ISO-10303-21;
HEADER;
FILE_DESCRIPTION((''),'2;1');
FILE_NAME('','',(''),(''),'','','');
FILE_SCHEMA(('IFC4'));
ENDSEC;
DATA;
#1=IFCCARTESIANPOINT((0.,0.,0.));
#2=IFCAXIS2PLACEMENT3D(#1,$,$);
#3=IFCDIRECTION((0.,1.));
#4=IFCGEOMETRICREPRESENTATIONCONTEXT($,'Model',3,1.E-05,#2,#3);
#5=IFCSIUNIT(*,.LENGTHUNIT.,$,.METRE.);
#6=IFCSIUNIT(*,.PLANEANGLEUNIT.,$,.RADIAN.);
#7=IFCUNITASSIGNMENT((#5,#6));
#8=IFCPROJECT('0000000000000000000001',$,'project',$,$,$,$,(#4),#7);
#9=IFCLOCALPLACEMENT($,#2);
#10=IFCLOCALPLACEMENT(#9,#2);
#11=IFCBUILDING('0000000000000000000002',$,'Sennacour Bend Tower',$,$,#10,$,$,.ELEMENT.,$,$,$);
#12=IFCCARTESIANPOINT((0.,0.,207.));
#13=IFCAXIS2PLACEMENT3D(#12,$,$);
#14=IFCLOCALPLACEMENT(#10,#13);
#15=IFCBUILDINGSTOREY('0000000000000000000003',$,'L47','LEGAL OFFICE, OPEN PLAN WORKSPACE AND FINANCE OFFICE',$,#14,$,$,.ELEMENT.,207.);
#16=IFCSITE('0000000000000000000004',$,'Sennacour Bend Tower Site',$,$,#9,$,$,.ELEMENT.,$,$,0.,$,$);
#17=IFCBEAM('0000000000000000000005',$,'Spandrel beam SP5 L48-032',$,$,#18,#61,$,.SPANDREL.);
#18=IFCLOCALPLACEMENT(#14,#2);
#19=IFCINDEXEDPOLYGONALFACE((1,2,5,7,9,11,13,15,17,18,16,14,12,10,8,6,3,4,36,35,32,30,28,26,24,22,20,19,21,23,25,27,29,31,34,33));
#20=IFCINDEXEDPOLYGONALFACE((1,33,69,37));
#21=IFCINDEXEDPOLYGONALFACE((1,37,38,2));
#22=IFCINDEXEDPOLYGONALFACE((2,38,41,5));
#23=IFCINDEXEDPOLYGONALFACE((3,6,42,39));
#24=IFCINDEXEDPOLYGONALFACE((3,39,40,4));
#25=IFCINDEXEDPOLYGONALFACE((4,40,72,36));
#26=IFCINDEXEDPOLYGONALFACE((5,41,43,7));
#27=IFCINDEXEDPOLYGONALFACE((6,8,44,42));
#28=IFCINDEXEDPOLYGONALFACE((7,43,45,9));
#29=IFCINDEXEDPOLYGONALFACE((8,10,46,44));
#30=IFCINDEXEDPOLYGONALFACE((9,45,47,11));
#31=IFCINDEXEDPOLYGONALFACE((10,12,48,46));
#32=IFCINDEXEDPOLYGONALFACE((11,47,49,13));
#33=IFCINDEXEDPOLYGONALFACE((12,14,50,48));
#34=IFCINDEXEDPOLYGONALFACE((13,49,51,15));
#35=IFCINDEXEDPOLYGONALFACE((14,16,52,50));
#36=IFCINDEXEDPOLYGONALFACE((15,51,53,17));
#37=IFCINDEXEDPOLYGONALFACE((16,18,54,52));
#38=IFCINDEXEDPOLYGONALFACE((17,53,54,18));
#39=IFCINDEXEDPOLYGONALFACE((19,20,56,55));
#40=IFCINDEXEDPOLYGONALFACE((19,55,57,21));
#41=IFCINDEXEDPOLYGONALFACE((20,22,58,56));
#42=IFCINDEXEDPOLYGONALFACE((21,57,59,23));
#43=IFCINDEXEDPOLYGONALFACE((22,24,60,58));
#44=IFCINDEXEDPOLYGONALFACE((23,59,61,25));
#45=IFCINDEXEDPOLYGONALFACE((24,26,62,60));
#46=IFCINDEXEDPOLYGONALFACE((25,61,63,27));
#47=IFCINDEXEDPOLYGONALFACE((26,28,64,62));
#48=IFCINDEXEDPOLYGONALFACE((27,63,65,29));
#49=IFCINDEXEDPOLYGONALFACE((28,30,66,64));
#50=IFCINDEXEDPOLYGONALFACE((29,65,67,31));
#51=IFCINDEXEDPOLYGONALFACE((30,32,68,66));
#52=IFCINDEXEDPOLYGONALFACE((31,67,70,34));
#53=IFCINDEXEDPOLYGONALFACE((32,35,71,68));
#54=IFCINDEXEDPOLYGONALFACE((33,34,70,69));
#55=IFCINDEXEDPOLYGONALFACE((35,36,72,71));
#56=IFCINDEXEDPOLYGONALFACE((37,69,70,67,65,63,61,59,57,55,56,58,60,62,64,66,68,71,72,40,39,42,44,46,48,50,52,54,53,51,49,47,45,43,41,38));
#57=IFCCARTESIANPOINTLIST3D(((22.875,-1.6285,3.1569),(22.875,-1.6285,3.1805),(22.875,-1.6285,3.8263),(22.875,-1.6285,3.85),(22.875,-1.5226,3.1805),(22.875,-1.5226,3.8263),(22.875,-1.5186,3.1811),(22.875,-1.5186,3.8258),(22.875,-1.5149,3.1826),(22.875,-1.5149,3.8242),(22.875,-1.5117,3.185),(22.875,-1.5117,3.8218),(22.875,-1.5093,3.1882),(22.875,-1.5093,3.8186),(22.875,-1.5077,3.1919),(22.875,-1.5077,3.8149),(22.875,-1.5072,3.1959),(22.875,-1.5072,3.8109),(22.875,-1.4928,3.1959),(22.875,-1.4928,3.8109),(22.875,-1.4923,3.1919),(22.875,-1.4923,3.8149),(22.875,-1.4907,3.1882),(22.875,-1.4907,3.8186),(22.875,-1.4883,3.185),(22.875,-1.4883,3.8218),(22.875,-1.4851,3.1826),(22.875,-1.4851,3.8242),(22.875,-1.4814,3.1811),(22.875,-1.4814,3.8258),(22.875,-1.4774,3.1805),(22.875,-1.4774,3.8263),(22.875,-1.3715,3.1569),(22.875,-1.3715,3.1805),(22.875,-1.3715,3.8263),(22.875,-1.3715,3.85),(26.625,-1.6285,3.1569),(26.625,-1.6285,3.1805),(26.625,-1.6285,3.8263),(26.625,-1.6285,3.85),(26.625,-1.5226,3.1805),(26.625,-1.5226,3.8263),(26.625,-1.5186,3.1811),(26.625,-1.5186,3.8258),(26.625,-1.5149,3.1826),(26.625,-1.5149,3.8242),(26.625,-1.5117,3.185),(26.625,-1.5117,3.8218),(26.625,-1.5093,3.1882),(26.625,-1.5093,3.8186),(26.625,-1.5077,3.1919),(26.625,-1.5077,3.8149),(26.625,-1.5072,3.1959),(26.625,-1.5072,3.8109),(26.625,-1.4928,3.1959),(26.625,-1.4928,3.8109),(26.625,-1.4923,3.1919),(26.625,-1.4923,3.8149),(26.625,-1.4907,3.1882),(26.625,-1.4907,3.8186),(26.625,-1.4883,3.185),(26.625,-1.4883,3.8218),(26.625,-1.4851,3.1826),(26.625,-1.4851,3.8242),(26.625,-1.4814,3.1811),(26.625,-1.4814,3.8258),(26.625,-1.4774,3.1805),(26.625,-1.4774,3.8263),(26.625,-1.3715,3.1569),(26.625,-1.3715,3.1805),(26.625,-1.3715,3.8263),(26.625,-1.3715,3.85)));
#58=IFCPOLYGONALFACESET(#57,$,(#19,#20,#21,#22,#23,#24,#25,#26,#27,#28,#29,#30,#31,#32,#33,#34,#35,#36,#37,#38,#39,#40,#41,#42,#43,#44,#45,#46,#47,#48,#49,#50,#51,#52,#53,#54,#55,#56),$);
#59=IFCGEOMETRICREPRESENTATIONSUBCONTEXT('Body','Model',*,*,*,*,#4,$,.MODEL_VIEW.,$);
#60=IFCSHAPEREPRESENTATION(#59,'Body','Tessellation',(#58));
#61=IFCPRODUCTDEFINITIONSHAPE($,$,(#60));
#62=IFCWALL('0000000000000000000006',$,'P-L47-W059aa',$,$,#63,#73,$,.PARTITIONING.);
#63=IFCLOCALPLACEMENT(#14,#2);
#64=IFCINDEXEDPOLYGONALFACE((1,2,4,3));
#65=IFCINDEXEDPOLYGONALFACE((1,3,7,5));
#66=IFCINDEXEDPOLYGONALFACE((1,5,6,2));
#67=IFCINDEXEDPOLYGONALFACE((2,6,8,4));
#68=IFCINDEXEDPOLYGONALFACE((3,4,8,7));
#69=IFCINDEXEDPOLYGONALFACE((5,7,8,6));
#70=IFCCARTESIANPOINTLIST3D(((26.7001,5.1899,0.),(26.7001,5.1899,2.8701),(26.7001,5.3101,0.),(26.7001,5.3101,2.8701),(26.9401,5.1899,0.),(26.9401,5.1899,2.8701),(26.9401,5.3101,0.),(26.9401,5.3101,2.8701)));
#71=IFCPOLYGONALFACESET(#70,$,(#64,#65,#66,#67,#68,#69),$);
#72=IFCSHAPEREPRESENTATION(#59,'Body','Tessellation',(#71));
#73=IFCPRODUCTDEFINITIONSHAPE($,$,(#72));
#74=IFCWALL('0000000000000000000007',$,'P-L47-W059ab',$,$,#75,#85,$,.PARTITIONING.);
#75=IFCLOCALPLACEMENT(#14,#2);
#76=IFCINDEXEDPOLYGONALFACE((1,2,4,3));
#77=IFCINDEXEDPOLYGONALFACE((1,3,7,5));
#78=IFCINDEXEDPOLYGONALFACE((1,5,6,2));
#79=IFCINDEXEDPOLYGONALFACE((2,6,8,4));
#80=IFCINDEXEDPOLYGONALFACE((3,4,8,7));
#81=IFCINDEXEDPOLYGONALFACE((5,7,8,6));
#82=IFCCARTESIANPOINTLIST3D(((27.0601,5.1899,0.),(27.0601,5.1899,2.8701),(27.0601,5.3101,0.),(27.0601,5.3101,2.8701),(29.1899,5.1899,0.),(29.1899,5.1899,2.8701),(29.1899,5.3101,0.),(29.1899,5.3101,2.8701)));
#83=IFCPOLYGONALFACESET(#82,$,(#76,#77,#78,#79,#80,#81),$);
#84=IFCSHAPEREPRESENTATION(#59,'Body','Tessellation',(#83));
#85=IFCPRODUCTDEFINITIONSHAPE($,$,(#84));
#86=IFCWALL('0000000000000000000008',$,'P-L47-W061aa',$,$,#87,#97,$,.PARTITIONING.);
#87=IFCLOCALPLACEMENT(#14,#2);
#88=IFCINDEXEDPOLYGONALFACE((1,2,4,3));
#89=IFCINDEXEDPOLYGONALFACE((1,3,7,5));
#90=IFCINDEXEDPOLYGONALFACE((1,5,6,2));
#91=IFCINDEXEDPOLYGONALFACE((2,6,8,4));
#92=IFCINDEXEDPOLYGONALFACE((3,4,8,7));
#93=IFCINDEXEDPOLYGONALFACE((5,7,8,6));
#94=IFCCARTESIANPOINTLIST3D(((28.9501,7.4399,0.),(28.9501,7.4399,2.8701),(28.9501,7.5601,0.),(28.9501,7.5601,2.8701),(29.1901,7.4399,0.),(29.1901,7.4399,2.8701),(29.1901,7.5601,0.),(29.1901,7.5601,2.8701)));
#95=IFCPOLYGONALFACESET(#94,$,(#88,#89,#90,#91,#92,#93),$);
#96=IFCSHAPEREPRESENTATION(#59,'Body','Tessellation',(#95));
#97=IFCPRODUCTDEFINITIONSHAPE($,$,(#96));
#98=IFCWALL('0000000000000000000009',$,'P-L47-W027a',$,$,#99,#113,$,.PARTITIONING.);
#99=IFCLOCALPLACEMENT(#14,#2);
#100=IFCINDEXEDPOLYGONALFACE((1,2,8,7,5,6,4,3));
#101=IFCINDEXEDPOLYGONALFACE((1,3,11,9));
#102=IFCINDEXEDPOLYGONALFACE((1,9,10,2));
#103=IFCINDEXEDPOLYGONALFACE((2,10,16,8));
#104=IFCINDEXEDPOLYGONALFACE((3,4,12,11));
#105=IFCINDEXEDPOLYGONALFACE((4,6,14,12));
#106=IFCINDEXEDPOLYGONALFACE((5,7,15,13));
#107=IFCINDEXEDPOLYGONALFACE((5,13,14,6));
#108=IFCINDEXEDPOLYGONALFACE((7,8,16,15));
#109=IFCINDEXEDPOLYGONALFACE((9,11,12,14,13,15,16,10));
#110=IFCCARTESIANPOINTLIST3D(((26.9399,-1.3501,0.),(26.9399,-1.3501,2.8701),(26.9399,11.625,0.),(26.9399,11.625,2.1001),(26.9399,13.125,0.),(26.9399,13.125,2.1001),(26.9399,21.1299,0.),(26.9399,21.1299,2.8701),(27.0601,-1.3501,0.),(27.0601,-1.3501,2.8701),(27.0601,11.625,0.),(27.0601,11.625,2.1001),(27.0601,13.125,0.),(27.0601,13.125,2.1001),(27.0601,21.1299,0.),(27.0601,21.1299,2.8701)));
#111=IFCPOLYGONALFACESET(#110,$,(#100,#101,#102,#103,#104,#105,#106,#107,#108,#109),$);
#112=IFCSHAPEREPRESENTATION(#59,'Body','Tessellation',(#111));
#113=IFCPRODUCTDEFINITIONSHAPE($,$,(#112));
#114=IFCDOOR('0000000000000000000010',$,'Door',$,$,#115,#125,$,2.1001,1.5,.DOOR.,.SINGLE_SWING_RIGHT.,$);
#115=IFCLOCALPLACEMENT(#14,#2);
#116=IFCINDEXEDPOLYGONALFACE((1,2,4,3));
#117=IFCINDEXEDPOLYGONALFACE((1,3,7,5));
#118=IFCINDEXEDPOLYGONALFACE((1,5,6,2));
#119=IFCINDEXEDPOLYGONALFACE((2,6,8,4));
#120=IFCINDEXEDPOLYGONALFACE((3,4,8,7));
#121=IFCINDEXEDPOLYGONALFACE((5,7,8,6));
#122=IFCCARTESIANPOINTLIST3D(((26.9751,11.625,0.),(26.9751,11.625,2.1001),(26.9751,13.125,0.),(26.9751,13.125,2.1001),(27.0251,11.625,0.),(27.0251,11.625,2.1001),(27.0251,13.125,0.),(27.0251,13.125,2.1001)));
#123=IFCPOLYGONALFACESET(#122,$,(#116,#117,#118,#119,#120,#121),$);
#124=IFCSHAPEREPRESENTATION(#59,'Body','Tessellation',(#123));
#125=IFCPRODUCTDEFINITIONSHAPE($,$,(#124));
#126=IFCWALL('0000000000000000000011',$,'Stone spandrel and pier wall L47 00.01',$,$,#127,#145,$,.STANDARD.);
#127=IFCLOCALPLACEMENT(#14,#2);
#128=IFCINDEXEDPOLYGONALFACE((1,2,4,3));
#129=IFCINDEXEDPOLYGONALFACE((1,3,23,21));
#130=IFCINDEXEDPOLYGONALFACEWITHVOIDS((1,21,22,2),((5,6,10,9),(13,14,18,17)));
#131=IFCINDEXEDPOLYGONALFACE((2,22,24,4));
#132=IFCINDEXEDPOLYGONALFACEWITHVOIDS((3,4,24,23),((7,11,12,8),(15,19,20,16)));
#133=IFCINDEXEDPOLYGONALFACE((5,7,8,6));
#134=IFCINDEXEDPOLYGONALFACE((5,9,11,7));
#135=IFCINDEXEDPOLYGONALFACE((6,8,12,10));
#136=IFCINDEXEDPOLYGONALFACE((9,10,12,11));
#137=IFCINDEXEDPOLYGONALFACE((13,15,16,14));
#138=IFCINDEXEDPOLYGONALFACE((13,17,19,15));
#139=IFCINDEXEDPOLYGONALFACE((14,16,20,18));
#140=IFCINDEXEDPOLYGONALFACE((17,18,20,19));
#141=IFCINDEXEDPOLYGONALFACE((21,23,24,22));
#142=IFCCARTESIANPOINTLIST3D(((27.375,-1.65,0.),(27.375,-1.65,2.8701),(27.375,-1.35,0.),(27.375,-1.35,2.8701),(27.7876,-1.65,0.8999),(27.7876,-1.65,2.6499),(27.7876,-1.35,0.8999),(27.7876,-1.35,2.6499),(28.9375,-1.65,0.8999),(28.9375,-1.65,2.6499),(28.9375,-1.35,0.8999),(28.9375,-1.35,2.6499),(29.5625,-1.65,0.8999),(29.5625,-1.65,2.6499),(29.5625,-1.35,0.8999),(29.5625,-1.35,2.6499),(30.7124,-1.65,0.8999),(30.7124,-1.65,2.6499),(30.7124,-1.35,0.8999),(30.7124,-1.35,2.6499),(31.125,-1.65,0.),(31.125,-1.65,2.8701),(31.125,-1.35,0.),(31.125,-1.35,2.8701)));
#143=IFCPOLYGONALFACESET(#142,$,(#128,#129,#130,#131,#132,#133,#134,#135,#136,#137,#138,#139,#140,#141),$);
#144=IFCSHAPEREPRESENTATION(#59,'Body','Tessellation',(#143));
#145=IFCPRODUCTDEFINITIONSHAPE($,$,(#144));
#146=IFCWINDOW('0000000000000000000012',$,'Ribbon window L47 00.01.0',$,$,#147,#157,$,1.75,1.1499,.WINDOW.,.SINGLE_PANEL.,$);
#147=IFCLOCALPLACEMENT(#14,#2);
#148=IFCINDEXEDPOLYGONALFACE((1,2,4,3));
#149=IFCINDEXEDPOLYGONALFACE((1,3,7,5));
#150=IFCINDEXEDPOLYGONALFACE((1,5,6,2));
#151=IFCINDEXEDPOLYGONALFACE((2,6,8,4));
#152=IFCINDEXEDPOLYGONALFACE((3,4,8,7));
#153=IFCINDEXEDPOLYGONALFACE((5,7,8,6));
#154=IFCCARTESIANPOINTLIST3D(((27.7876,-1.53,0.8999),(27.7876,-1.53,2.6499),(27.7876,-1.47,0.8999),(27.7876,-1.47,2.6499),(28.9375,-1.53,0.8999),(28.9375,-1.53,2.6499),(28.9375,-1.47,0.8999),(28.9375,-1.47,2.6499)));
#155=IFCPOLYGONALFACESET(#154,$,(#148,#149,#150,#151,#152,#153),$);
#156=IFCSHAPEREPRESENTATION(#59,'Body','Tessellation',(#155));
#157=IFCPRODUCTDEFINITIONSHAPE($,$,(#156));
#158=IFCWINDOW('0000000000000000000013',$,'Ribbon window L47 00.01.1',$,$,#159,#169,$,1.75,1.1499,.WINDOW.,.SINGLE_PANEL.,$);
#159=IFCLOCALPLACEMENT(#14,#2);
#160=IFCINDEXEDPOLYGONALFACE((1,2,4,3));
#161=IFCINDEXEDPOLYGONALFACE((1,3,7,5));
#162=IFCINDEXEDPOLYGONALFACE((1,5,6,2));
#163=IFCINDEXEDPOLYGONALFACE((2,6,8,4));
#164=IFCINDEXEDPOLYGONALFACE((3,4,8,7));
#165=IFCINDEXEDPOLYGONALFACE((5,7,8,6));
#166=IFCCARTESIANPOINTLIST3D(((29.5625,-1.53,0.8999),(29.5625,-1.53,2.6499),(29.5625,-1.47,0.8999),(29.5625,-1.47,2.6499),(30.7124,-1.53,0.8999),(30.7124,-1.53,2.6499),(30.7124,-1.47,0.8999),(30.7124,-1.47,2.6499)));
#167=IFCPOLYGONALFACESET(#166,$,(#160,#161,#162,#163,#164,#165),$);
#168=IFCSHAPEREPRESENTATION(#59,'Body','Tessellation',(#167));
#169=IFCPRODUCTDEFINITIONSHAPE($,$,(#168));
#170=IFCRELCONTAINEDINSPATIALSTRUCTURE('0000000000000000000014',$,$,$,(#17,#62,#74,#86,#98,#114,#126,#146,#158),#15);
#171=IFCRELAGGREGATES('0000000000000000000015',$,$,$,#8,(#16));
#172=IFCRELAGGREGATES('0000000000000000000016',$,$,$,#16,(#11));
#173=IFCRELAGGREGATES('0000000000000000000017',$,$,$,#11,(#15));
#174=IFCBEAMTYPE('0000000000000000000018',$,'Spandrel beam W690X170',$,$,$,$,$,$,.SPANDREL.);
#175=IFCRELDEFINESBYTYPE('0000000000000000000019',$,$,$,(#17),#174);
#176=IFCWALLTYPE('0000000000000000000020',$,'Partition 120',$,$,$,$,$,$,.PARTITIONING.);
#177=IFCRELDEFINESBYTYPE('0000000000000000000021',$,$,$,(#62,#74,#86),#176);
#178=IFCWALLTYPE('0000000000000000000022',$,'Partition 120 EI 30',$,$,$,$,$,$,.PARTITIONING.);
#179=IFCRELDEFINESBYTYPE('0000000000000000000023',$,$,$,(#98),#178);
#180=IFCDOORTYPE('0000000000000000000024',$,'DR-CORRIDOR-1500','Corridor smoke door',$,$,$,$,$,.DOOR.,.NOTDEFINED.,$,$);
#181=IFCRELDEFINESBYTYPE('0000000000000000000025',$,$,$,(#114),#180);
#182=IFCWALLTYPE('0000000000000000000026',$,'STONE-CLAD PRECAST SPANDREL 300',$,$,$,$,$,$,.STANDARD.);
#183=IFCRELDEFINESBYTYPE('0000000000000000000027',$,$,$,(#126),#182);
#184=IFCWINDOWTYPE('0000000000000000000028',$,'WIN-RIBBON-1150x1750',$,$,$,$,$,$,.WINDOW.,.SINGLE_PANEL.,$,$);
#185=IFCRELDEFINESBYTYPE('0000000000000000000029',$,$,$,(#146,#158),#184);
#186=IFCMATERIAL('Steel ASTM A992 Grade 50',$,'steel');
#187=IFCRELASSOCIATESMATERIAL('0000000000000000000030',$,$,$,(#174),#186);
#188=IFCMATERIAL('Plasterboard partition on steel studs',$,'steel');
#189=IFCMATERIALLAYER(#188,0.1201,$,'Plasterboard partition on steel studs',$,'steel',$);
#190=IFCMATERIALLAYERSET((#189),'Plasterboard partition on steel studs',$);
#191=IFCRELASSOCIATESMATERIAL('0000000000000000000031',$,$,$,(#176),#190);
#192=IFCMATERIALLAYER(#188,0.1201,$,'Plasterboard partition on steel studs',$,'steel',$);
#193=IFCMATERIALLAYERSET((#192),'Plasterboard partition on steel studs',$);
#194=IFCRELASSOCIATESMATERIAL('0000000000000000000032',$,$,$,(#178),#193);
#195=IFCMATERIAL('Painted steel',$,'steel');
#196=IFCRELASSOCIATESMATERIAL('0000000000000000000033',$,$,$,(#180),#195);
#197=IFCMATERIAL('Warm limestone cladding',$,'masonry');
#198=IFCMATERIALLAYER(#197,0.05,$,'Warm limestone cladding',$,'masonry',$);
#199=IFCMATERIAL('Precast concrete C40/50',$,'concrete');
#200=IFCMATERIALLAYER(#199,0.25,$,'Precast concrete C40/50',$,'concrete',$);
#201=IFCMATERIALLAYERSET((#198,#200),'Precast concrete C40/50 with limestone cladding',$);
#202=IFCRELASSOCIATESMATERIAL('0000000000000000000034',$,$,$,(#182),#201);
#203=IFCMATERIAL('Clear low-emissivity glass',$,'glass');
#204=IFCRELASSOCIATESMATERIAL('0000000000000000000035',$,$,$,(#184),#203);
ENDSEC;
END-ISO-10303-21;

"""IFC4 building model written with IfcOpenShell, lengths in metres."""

from ifc_helpers import new_model, si_unit, direction, frame, frame_2d, origin, origin_2d, place, context, subcontext, project, spatial, rectangle, i_section, extrude, material, layer, layer_set, material_profile, profile_set, type_object, element, fill, save


model = new_model("IFC4")

# Units and contexts
model_context = context("Model", 3, precision=1e-05, world=origin(), true_north=direction((0.0, 1.0)))
body_context = subcontext(model_context, "Body", "Model", "MODEL_VIEW")
ifc_project = project(units=[si_unit("LENGTHUNIT", "METRE"), si_unit("PLANEANGLEUNIT", "RADIAN")], contexts=[model_context])

# Site, building, storey
site_placement = place(None, origin())
site = spatial("IfcSite", under=ifc_project, at=site_placement, Name="Sennacour Bend Tower Site", CompositionType="ELEMENT", RefElevation=0.0)
building_placement = place(site_placement, origin())
building = spatial("IfcBuilding", under=site, at=building_placement, Name="Sennacour Bend Tower", CompositionType="ELEMENT")
storey_placement = place(building_placement, frame((0.0, 0.0, 207.0)))
storey = spatial("IfcBuildingStorey", under=building, at=storey_placement, Name="L47", Description="LEGAL OFFICE, OPEN PLAN WORKSPACE AND FINANCE OFFICE", CompositionType="ELEMENT", Elevation=207.0)

# Beam
ifc_material_1 = material(Name="Steel ASTM A992 Grade 50", Category="steel")
ifc_material_profile_1 = material_profile(ifc_material_1, i_section(OverallWidth=0.2571, OverallDepth=0.6931, WebThickness=0.0144, FlangeThickness=0.0237, FilletRadius=0.0154, at=origin_2d()), Name="Steel ASTM A992 Grade 50", Category="steel")
ifc_profile_set_1 = profile_set([ifc_material_profile_1], Name="Steel ASTM A992 Grade 50")
beam_type_1 = type_object("IfcBeamType", Name="Spandrel beam W690X170", PredefinedType="SPANDREL", material=ifc_profile_set_1)
beam_1_placement = place(storey_placement, frame((26.625, -1.5, 3.5034), z_axis=(-1.0, 0.0, 0.0), x_axis=(0.0, -1.0, 0.0)))
element("IfcBeam", 1, at=beam_1_placement, inside=storey, type_object=beam_type_1, Name="Spandrel beam SP5 L48-032", PredefinedType="SPANDREL", context=body_context, shape_type="SweptSolid", body=[
    extrude(i_section(OverallWidth=0.2571, OverallDepth=0.6931, WebThickness=0.0144, FlangeThickness=0.0237, FilletRadius=0.0154, at=origin_2d()), origin(), (0.0, 0.0, 1.0), 3.75),
])

# Walls
ifc_material_2 = material(Name="Plasterboard partition on steel studs", Category="steel")
ifc_layer_1 = layer(ifc_material_2, 0.1201, Name="Plasterboard partition on steel studs", Category="steel")
ifc_layer_set_1 = layer_set([ifc_layer_1], Name="Plasterboard partition on steel studs")
wall_type_1 = type_object("IfcWallType", Name="Partition 120", PredefinedType="PARTITIONING", material=ifc_layer_set_1)
wall_1_placement = place(storey_placement, frame((26.7, 5.25, 0.0), z_axis=(0.0, 0.0, 1.0), x_axis=(1.0, 0.0, 0.0)))
element("IfcWall", 2, at=wall_1_placement, inside=storey, type_object=wall_type_1, Name="P-L47-W059aa", PredefinedType="PARTITIONING", context=body_context, shape_type="SweptSolid", body=[
    extrude(rectangle(XDim=0.24, YDim=0.1201, at=frame_2d((0.1201, 0.0))), origin(), (0.0, 0.0, 1.0), 2.8701),
])
wall_2_placement = place(storey_placement, frame((27.0601, 5.25, 0.0), z_axis=(0.0, 0.0, 1.0), x_axis=(1.0, 0.0, 0.0)))
element("IfcWall", 3, at=wall_2_placement, inside=storey, type_object=wall_type_1, Name="P-L47-W059ab", PredefinedType="PARTITIONING", context=body_context, shape_type="SweptSolid", body=[
    extrude(rectangle(XDim=2.1299, YDim=0.1201, at=frame_2d((1.0649, 0.0))), origin(), (0.0, 0.0, 1.0), 2.8701),
])
wall_3_placement = place(storey_placement, frame((28.95, 7.5, 0.0), z_axis=(0.0, 0.0, 1.0), x_axis=(1.0, 0.0, 0.0)))
element("IfcWall", 4, at=wall_3_placement, inside=storey, type_object=wall_type_1, Name="P-L47-W061aa", PredefinedType="PARTITIONING", context=body_context, shape_type="SweptSolid", body=[
    extrude(rectangle(XDim=0.24, YDim=0.1201, at=frame_2d((0.1201, 0.0))), origin(), (0.0, 0.0, 1.0), 2.8701),
])

# Wall, opening, door
ifc_layer_2 = layer(ifc_material_2, 0.1201, Name="Plasterboard partition on steel studs", Category="steel")
ifc_layer_set_2 = layer_set([ifc_layer_2], Name="Plasterboard partition on steel studs")
wall_type_2 = type_object("IfcWallType", Name="Partition 120 EI 30", PredefinedType="PARTITIONING", material=ifc_layer_set_2)
wall_4_placement = place(storey_placement, frame((27.0, -1.3501, 0.0), z_axis=(0.0, 0.0, 1.0), x_axis=(0.0, 1.0, 0.0)))
wall_4 = element("IfcWall", 5, at=wall_4_placement, inside=storey, type_object=wall_type_2, Name="P-L47-W027a", PredefinedType="PARTITIONING", context=body_context, shape_type="SweptSolid", body=[
    extrude(rectangle(XDim=22.48, YDim=0.1201, at=frame_2d((11.24, 0.0))), origin(), (0.0, 0.0, 1.0), 2.8701),
])
opening_1_placement = place(wall_4_placement, frame((12.9751, 0.0, 0.0)))
opening_1 = element("IfcOpeningElement", 6, at=opening_1_placement, cuts=wall_4, PredefinedType="OPENING", context=body_context, shape_type="SweptSolid", body=[
    extrude(rectangle(XDim=1.5, YDim=2.1001, at=frame_2d((0.75, 1.05))), frame((0.0, 0.0701, 0.0), z_axis=(0.0, -1.0, 0.0), x_axis=(1.0, 0.0, 0.0)), (0.0, 0.0, 1.0), 0.1401),
])
ifc_material_3 = material(Name="Painted steel", Category="steel")
door_type = type_object("IfcDoorType", Name="DR-CORRIDOR-1500", Description="Corridor smoke door", OperationType="NOTDEFINED", PredefinedType="DOOR", material=ifc_material_3)
door_placement = place(opening_1_placement, origin())
door = element("IfcDoor", 7, at=door_placement, inside=storey, type_object=door_type, Name="Door", OperationType="SINGLE_SWING_RIGHT", OverallHeight=2.1001, OverallWidth=1.5, PredefinedType="DOOR", context=body_context, shape_type="SweptSolid", body=[
    extrude(rectangle(XDim=1.5, YDim=2.1001, at=frame_2d((0.75, 1.05))), frame((0.0, 0.0249, 0.0), z_axis=(0.0, -1.0, 0.0), x_axis=(1.0, 0.0, 0.0)), (0.0, 0.0, 1.0), 0.05),
])
fill(opening_1, door)

# Wall, openings, windows
ifc_material_4 = material(Name="Warm limestone cladding", Category="masonry")
ifc_layer_3 = layer(ifc_material_4, 0.05, Name="Warm limestone cladding", Category="masonry")
ifc_material_5 = material(Name="Precast concrete C40/50", Category="concrete")
ifc_layer_4 = layer(ifc_material_5, 0.25, Name="Precast concrete C40/50", Category="concrete")
ifc_layer_set_3 = layer_set([ifc_layer_3, ifc_layer_4], Name="Precast concrete C40/50 with limestone cladding")
wall_type_3 = type_object("IfcWallType", Name="STONE-CLAD PRECAST SPANDREL 300", PredefinedType="STANDARD", material=ifc_layer_set_3)
wall_5_placement = place(storey_placement, frame((27.375, -1.5, 0.0), z_axis=(0.0, 0.0, 1.0), x_axis=(1.0, 0.0, 0.0)))
wall_5 = element("IfcWall", 8, at=wall_5_placement, inside=storey, type_object=wall_type_3, Name="Stone spandrel and pier wall L47 00.01", PredefinedType="STANDARD", context=body_context, shape_type="SweptSolid", body=[
    extrude(rectangle(XDim=3.75, YDim=0.3, at=frame_2d((1.875, 0.0))), origin(), (0.0, 0.0, 1.0), 2.8701),
])
opening_2_placement = place(wall_5_placement, frame((0.4126, 0.0, 0.8999)))
opening_2 = element("IfcOpeningElement", 9, at=opening_2_placement, cuts=wall_5, PredefinedType="OPENING", context=body_context, shape_type="SweptSolid", body=[
    extrude(rectangle(XDim=1.1499, YDim=1.75, at=frame_2d((0.575, 0.875))), frame((0.0, 0.1602, 0.0), z_axis=(0.0, -1.0, 0.0), x_axis=(1.0, 0.0, 0.0)), (0.0, 0.0, 1.0), 0.3201),
])
opening_3_placement = place(wall_5_placement, frame((2.1875, 0.0, 0.8999)))
opening_3 = element("IfcOpeningElement", 10, at=opening_3_placement, cuts=wall_5, PredefinedType="OPENING", context=body_context, shape_type="SweptSolid", body=[
    extrude(rectangle(XDim=1.1499, YDim=1.75, at=frame_2d((0.575, 0.875))), frame((0.0, 0.1602, 0.0), z_axis=(0.0, -1.0, 0.0), x_axis=(1.0, 0.0, 0.0)), (0.0, 0.0, 1.0), 0.3201),
])
ifc_material_6 = material(Name="Clear low-emissivity glass", Category="glass")
window_type = type_object("IfcWindowType", Name="WIN-RIBBON-1150x1750", PartitioningType="SINGLE_PANEL", PredefinedType="WINDOW", material=ifc_material_6)
window_1_placement = place(opening_2_placement, origin())
window_1 = element("IfcWindow", 11, at=window_1_placement, inside=storey, type_object=window_type, Name="Ribbon window L47 00.01.0", OverallHeight=1.75, OverallWidth=1.1499, PartitioningType="SINGLE_PANEL", PredefinedType="WINDOW", context=body_context, shape_type="SweptSolid", body=[
    extrude(rectangle(XDim=1.1499, YDim=1.75, at=frame_2d((0.575, 0.875))), frame((0.0, 0.03, 0.0), z_axis=(0.0, -1.0, 0.0), x_axis=(1.0, 0.0, 0.0)), (0.0, 0.0, 1.0), 0.0601),
])
fill(opening_2, window_1)
window_2_placement = place(opening_3_placement, origin())
window_2 = element("IfcWindow", 12, at=window_2_placement, inside=storey, type_object=window_type, Name="Ribbon window L47 00.01.1", OverallHeight=1.75, OverallWidth=1.1499, PartitioningType="SINGLE_PANEL", PredefinedType="WINDOW", context=body_context, shape_type="SweptSolid", body=[
    extrude(rectangle(XDim=1.1499, YDim=1.75, at=frame_2d((0.575, 0.875))), frame((0.0, 0.03, 0.0), z_axis=(0.0, -1.0, 0.0), x_axis=(1.0, 0.0, 0.0)), (0.0, 0.0, 1.0), 0.0601),
])
fill(opening_3, window_2)

save(model, "model.ifc")
